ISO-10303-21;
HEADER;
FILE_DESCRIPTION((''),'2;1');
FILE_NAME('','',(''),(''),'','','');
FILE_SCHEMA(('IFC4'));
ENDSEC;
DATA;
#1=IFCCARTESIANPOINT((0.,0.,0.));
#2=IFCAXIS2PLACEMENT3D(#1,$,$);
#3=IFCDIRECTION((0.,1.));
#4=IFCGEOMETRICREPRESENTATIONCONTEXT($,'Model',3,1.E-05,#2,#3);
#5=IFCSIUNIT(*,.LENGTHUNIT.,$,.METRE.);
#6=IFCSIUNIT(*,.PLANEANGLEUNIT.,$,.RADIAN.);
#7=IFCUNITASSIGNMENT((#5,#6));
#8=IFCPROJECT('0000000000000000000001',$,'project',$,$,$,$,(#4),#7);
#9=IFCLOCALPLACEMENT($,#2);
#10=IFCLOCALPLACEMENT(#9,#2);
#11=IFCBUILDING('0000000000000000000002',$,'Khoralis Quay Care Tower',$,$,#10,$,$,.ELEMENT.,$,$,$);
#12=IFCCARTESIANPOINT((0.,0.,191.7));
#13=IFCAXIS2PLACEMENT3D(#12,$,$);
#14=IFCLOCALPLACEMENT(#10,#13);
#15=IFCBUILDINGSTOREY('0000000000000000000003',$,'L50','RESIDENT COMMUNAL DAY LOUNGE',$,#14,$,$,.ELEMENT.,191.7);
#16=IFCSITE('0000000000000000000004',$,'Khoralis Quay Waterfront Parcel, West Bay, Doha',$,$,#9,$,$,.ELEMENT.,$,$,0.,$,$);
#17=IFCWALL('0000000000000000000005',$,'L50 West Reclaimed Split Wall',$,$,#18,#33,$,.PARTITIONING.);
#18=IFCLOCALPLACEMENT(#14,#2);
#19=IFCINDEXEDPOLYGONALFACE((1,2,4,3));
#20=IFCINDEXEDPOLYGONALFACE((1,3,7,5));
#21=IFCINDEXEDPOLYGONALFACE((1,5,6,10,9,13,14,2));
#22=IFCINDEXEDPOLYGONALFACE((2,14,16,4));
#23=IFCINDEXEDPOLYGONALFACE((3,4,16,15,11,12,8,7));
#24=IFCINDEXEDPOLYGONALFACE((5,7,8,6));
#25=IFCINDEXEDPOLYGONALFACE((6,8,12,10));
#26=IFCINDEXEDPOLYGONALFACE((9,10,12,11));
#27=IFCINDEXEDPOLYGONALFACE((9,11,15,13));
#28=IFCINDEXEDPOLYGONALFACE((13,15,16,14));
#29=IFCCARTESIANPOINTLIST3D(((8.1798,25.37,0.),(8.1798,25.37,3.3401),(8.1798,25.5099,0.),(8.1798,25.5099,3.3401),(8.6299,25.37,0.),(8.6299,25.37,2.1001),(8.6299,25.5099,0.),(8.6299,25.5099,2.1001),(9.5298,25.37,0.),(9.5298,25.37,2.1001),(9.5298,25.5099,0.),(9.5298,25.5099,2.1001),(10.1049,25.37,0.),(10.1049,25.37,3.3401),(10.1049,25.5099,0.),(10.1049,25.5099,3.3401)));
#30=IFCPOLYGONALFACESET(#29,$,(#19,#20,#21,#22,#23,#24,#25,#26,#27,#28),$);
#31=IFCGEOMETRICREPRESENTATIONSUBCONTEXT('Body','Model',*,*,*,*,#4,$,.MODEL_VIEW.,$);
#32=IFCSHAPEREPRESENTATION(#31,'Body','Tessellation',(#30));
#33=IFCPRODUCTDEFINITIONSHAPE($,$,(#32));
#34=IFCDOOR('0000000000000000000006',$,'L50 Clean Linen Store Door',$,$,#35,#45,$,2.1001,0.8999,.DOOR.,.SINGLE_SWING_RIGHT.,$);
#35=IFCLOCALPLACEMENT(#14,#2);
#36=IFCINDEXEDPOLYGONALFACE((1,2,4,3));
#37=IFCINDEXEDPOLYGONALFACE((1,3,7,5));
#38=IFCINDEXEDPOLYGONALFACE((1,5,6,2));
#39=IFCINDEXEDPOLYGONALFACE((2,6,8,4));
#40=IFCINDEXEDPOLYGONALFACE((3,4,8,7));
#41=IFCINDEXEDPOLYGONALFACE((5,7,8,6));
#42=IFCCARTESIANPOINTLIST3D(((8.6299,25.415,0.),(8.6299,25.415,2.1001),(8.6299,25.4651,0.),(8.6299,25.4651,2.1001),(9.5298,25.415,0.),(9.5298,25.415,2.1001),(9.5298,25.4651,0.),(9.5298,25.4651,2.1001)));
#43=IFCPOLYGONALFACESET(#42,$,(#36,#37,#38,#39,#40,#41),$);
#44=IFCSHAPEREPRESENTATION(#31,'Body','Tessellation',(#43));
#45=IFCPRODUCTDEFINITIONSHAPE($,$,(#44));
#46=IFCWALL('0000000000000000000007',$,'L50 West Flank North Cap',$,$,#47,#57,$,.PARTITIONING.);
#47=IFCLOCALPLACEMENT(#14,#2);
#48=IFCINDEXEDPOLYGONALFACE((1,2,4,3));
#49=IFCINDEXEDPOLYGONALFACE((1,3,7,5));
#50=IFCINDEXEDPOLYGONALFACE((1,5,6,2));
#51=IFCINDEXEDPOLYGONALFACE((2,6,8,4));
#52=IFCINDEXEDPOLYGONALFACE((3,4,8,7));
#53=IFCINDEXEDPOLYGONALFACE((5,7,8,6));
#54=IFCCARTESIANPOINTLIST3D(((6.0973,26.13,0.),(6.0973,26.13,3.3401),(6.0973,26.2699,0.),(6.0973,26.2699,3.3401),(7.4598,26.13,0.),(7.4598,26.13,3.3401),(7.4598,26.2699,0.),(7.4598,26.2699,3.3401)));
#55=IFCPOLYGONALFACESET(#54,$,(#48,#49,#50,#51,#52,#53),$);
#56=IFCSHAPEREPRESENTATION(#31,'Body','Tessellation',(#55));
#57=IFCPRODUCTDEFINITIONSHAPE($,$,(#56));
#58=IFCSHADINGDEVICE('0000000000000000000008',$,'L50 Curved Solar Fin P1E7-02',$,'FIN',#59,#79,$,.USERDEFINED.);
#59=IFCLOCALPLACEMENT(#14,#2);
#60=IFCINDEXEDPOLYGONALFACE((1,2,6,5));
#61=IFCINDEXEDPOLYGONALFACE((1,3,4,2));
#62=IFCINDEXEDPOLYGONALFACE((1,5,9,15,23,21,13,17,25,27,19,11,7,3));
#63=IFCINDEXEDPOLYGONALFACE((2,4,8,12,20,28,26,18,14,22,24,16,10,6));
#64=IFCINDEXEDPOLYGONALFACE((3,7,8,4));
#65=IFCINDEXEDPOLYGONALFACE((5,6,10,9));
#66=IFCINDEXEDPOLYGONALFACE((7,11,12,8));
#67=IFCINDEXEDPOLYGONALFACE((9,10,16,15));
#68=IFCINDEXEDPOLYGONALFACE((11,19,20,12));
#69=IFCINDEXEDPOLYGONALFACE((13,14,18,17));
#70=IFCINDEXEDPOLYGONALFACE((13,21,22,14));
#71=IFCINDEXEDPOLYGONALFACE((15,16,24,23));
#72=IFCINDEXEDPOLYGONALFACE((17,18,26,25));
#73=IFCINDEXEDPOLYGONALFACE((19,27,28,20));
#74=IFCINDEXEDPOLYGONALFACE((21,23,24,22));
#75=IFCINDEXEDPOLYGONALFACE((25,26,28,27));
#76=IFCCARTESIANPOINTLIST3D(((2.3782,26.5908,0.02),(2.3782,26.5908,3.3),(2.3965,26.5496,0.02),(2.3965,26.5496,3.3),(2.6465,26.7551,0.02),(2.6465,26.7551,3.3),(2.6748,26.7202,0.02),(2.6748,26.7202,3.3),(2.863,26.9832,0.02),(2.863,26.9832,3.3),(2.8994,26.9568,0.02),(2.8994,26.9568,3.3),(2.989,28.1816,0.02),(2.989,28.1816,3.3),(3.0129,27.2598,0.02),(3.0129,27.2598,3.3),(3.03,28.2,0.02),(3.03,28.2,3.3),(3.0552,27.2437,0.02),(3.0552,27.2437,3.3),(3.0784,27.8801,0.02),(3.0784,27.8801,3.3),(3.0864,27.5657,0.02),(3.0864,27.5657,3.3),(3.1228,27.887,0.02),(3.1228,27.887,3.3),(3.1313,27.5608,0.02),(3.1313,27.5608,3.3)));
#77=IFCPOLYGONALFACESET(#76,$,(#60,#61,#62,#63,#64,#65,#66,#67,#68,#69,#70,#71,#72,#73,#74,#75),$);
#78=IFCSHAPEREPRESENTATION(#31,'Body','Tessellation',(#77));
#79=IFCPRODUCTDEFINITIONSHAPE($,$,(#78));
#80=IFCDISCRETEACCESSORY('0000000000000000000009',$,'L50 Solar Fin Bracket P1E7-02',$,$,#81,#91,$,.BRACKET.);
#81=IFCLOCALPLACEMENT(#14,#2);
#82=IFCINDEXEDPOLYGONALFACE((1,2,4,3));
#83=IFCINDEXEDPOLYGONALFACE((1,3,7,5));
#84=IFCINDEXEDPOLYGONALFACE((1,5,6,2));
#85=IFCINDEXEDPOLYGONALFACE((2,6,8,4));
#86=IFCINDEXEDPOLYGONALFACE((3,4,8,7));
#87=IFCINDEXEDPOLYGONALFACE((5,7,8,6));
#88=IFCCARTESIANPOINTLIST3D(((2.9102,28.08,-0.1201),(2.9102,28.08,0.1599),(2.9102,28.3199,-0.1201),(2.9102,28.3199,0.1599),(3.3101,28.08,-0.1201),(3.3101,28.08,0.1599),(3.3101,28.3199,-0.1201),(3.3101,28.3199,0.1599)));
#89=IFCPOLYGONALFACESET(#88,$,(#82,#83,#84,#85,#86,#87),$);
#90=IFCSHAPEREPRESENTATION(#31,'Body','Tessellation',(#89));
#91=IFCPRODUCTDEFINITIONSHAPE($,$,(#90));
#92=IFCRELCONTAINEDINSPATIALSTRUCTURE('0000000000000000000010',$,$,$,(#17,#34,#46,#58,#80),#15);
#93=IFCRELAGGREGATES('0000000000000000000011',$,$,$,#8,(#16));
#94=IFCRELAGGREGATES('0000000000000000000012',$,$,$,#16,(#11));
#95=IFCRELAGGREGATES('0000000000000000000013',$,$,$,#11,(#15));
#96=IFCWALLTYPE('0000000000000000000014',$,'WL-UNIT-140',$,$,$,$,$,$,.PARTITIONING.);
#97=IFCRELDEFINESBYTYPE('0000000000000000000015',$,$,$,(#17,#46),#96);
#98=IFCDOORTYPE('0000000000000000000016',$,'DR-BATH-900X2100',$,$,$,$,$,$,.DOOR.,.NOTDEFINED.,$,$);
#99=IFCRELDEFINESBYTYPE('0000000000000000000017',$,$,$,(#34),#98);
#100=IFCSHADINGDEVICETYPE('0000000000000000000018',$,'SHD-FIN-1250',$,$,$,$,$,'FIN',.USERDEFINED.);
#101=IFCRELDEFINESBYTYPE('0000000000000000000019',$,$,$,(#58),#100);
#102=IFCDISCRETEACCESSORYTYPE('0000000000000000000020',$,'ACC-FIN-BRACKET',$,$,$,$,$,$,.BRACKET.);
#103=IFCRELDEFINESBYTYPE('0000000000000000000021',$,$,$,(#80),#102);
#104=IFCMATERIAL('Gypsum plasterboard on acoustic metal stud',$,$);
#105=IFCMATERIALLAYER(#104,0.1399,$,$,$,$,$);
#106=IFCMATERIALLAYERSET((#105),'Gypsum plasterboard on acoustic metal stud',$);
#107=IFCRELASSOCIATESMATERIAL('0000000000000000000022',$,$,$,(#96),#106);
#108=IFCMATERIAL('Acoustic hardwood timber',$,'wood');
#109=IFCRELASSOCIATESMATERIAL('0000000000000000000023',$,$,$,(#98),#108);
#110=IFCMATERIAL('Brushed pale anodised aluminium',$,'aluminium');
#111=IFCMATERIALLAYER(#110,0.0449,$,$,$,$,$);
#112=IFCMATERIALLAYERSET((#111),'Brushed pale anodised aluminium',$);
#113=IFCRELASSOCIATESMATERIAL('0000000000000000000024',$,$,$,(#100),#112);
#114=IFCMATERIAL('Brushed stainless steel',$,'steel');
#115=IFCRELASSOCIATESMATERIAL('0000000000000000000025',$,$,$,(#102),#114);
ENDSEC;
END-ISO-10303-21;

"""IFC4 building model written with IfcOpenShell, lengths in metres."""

from ifc_helpers import new_model, si_unit, direction, frame, frame_2d, origin, origin_2d, place, context, subcontext, project, spatial, polyline, rectangle, outline, extrude, source, transform, mapped, material, layer, layer_set, type_object, element, fill, save


model = new_model("IFC4")

# Units and contexts
model_context = context("Model", 3, precision=1e-05, world=origin(), true_north=direction((0.0, 1.0)))
body_context = subcontext(model_context, "Body", "Model", "MODEL_VIEW")
ifc_project = project(units=[si_unit("LENGTHUNIT", "METRE"), si_unit("PLANEANGLEUNIT", "RADIAN")], contexts=[model_context])

# Site, building, storey
site_placement = place(None, origin())
site = spatial("IfcSite", under=ifc_project, at=site_placement, Name="Khoralis Quay Waterfront Parcel, West Bay, Doha", CompositionType="ELEMENT", RefElevation=0.0)
building_placement = place(site_placement, origin())
building = spatial("IfcBuilding", under=site, at=building_placement, Name="Khoralis Quay Care Tower", CompositionType="ELEMENT")
storey_placement = place(building_placement, frame((0.0, 0.0, 191.7)))
storey = spatial("IfcBuildingStorey", under=building, at=storey_placement, Name="L50", Description="RESIDENT COMMUNAL DAY LOUNGE", CompositionType="ELEMENT", Elevation=191.7)

# Shared definitions
ifc_material_1 = material(Name="Brushed stainless steel", Category="steel")
ifc_material_2 = material(Name="Acoustic hardwood timber", Category="wood")

# Shared definitions
ifc_material_3 = material(Name="Gypsum plasterboard on acoustic metal stud")

# Wall, opening, door
ifc_layer_1 = layer(ifc_material_3, 0.1399)
ifc_layer_set_1 = layer_set([ifc_layer_1], Name="Gypsum plasterboard on acoustic metal stud")
wall_type_1 = type_object("IfcWallType", Name="WL-UNIT-140", PredefinedType="PARTITIONING", material=ifc_layer_set_1)
wall_1_placement = place(storey_placement, frame((8.1799, 25.4399, 0.0), z_axis=(0.0, 0.0, 1.0), x_axis=(1.0, 0.0, 0.0)))
wall_1 = element("IfcWall", 1, at=wall_1_placement, inside=storey, type_object=wall_type_1, Name="L50 West Reclaimed Split Wall", PredefinedType="PARTITIONING", context=body_context, shape_type="SweptSolid", body=[
    extrude(rectangle(XDim=1.925, YDim=0.1399, at=frame_2d((0.9624, 0.0))), origin(), (0.0, 0.0, 1.0), 3.3401),
])
opening_1_placement = place(wall_1_placement, frame((0.45, 0.0, 0.0)))
opening_1 = element("IfcOpeningElement", 2, at=opening_1_placement, cuts=wall_1, PredefinedType="OPENING", context=body_context, shape_type="SweptSolid", body=[
    extrude(rectangle(XDim=0.8999, YDim=2.1001, at=frame_2d((0.45, 1.05))), frame((0.0, 0.0801, 0.0), z_axis=(0.0, -1.0, 0.0), x_axis=(1.0, 0.0, 0.0)), (0.0, 0.0, 1.0), 0.1599),
])
door_type_1 = type_object("IfcDoorType", Name="DR-BATH-900X2100", OperationType="NOTDEFINED", PredefinedType="DOOR", material=ifc_material_2)
shared_shape_1 = source(origin(), body_context, "Body", "SweptSolid", [
    extrude(rectangle(XDim=0.8999, YDim=2.1001, at=frame_2d((0.45, 1.05))), frame((0.0, 0.0249, 0.0), z_axis=(0.0, -1.0, 0.0), x_axis=(1.0, 0.0, 0.0)), (0.0, 0.0, 1.0), 0.05),
])
door_1_placement = place(opening_1_placement, frame((0.8999, 0.0, 0.0), z_axis=(0.0, 0.0, 1.0), x_axis=(-1.0, 0.0, 0.0)))
door_1 = element("IfcDoor", 3, at=door_1_placement, inside=storey, type_object=door_type_1, Name="L50 Clean Linen Store Door", OperationType="SINGLE_SWING_RIGHT", OverallHeight=2.1001, OverallWidth=0.8999, PredefinedType="DOOR", context=body_context, shape_type="MappedRepresentation", body=[
    mapped(shared_shape_1, transform((0.0, 0.0, 0.0), scale=1.0)),
])
fill(opening_1, door_1)

# Wall
wall_2_placement = place(storey_placement, frame((6.0974, 26.2, 0.0), z_axis=(0.0, 0.0, 1.0), x_axis=(1.0, 0.0, 0.0)))
element("IfcWall", 4, at=wall_2_placement, inside=storey, type_object=wall_type_1, Name="L50 West Flank North Cap", PredefinedType="PARTITIONING", context=body_context, shape_type="SweptSolid", body=[
    extrude(rectangle(XDim=1.3625, YDim=0.1399, at=frame_2d((0.6812, 0.0))), origin(), (0.0, 0.0, 1.0), 3.3401),
])

# Shading device
ifc_material_4 = material(Name="Brushed pale anodised aluminium", Category="aluminium")
ifc_layer_2 = layer(ifc_material_4, 0.0449)
ifc_layer_set_2 = layer_set([ifc_layer_2], Name="Brushed pale anodised aluminium")
shading_device_type = type_object("IfcShadingDeviceType", Name="SHD-FIN-1250", ElementType="FIN", PredefinedType="USERDEFINED", material=ifc_layer_set_2)
shared_shape_2 = source(origin(), body_context, "Body", "SweptSolid", [
    extrude(outline(polyline([(0.0, 0.0), (-0.0928, 0.313), (-0.1013, 0.6392), (-0.0251, 0.9563), (0.1306, 1.2432), (0.3552, 1.4797), (0.6335, 1.6504), (0.6519, 1.6091), (0.3835, 1.4448), (0.167, 1.2168), (0.0171, 0.9402), (-0.0564, 0.6343), (-0.0483, 0.3198), (0.041, 0.0183), (0.0, 0.0)])), origin(), (0.0, 0.0, 1.0), 3.28),
])
shading_device_placement = place(storey_placement, frame((3.03, 28.2, 0.02), z_axis=(0.0, 0.0, 1.0), x_axis=(-1.0, 0.0, 0.0)))
element("IfcShadingDevice", 5, at=shading_device_placement, inside=storey, type_object=shading_device_type, Name="L50 Curved Solar Fin P1E7-02", ObjectType="FIN", PredefinedType="USERDEFINED", context=body_context, shape_type="MappedRepresentation", body=[
    mapped(shared_shape_2, transform((0.0, 0.0, 0.0), scale=1.0)),
])

# Discrete accessory
discrete_accessory_type = type_object("IfcDiscreteAccessoryType", Name="ACC-FIN-BRACKET", PredefinedType="BRACKET", material=ifc_material_1)
shared_shape_3 = source(origin(), body_context, "Body", "SweptSolid", [
    extrude(rectangle(XDim=0.3999, YDim=0.24, at=origin_2d()), origin(), (0.0, 0.0, 1.0), 0.28),
])
discrete_accessory_placement = place(storey_placement, frame((3.1101, 28.2, -0.1201), z_axis=(0.0, 0.0, 1.0), x_axis=(-1.0, 0.0, 0.0)))
element("IfcDiscreteAccessory", 6, at=discrete_accessory_placement, inside=storey, type_object=discrete_accessory_type, Name="L50 Solar Fin Bracket P1E7-02", PredefinedType="BRACKET", context=body_context, shape_type="MappedRepresentation", body=[
    mapped(shared_shape_3, transform((0.0, 0.0, 0.0), scale=1.0)),
])

save(model, "model.ifc")
